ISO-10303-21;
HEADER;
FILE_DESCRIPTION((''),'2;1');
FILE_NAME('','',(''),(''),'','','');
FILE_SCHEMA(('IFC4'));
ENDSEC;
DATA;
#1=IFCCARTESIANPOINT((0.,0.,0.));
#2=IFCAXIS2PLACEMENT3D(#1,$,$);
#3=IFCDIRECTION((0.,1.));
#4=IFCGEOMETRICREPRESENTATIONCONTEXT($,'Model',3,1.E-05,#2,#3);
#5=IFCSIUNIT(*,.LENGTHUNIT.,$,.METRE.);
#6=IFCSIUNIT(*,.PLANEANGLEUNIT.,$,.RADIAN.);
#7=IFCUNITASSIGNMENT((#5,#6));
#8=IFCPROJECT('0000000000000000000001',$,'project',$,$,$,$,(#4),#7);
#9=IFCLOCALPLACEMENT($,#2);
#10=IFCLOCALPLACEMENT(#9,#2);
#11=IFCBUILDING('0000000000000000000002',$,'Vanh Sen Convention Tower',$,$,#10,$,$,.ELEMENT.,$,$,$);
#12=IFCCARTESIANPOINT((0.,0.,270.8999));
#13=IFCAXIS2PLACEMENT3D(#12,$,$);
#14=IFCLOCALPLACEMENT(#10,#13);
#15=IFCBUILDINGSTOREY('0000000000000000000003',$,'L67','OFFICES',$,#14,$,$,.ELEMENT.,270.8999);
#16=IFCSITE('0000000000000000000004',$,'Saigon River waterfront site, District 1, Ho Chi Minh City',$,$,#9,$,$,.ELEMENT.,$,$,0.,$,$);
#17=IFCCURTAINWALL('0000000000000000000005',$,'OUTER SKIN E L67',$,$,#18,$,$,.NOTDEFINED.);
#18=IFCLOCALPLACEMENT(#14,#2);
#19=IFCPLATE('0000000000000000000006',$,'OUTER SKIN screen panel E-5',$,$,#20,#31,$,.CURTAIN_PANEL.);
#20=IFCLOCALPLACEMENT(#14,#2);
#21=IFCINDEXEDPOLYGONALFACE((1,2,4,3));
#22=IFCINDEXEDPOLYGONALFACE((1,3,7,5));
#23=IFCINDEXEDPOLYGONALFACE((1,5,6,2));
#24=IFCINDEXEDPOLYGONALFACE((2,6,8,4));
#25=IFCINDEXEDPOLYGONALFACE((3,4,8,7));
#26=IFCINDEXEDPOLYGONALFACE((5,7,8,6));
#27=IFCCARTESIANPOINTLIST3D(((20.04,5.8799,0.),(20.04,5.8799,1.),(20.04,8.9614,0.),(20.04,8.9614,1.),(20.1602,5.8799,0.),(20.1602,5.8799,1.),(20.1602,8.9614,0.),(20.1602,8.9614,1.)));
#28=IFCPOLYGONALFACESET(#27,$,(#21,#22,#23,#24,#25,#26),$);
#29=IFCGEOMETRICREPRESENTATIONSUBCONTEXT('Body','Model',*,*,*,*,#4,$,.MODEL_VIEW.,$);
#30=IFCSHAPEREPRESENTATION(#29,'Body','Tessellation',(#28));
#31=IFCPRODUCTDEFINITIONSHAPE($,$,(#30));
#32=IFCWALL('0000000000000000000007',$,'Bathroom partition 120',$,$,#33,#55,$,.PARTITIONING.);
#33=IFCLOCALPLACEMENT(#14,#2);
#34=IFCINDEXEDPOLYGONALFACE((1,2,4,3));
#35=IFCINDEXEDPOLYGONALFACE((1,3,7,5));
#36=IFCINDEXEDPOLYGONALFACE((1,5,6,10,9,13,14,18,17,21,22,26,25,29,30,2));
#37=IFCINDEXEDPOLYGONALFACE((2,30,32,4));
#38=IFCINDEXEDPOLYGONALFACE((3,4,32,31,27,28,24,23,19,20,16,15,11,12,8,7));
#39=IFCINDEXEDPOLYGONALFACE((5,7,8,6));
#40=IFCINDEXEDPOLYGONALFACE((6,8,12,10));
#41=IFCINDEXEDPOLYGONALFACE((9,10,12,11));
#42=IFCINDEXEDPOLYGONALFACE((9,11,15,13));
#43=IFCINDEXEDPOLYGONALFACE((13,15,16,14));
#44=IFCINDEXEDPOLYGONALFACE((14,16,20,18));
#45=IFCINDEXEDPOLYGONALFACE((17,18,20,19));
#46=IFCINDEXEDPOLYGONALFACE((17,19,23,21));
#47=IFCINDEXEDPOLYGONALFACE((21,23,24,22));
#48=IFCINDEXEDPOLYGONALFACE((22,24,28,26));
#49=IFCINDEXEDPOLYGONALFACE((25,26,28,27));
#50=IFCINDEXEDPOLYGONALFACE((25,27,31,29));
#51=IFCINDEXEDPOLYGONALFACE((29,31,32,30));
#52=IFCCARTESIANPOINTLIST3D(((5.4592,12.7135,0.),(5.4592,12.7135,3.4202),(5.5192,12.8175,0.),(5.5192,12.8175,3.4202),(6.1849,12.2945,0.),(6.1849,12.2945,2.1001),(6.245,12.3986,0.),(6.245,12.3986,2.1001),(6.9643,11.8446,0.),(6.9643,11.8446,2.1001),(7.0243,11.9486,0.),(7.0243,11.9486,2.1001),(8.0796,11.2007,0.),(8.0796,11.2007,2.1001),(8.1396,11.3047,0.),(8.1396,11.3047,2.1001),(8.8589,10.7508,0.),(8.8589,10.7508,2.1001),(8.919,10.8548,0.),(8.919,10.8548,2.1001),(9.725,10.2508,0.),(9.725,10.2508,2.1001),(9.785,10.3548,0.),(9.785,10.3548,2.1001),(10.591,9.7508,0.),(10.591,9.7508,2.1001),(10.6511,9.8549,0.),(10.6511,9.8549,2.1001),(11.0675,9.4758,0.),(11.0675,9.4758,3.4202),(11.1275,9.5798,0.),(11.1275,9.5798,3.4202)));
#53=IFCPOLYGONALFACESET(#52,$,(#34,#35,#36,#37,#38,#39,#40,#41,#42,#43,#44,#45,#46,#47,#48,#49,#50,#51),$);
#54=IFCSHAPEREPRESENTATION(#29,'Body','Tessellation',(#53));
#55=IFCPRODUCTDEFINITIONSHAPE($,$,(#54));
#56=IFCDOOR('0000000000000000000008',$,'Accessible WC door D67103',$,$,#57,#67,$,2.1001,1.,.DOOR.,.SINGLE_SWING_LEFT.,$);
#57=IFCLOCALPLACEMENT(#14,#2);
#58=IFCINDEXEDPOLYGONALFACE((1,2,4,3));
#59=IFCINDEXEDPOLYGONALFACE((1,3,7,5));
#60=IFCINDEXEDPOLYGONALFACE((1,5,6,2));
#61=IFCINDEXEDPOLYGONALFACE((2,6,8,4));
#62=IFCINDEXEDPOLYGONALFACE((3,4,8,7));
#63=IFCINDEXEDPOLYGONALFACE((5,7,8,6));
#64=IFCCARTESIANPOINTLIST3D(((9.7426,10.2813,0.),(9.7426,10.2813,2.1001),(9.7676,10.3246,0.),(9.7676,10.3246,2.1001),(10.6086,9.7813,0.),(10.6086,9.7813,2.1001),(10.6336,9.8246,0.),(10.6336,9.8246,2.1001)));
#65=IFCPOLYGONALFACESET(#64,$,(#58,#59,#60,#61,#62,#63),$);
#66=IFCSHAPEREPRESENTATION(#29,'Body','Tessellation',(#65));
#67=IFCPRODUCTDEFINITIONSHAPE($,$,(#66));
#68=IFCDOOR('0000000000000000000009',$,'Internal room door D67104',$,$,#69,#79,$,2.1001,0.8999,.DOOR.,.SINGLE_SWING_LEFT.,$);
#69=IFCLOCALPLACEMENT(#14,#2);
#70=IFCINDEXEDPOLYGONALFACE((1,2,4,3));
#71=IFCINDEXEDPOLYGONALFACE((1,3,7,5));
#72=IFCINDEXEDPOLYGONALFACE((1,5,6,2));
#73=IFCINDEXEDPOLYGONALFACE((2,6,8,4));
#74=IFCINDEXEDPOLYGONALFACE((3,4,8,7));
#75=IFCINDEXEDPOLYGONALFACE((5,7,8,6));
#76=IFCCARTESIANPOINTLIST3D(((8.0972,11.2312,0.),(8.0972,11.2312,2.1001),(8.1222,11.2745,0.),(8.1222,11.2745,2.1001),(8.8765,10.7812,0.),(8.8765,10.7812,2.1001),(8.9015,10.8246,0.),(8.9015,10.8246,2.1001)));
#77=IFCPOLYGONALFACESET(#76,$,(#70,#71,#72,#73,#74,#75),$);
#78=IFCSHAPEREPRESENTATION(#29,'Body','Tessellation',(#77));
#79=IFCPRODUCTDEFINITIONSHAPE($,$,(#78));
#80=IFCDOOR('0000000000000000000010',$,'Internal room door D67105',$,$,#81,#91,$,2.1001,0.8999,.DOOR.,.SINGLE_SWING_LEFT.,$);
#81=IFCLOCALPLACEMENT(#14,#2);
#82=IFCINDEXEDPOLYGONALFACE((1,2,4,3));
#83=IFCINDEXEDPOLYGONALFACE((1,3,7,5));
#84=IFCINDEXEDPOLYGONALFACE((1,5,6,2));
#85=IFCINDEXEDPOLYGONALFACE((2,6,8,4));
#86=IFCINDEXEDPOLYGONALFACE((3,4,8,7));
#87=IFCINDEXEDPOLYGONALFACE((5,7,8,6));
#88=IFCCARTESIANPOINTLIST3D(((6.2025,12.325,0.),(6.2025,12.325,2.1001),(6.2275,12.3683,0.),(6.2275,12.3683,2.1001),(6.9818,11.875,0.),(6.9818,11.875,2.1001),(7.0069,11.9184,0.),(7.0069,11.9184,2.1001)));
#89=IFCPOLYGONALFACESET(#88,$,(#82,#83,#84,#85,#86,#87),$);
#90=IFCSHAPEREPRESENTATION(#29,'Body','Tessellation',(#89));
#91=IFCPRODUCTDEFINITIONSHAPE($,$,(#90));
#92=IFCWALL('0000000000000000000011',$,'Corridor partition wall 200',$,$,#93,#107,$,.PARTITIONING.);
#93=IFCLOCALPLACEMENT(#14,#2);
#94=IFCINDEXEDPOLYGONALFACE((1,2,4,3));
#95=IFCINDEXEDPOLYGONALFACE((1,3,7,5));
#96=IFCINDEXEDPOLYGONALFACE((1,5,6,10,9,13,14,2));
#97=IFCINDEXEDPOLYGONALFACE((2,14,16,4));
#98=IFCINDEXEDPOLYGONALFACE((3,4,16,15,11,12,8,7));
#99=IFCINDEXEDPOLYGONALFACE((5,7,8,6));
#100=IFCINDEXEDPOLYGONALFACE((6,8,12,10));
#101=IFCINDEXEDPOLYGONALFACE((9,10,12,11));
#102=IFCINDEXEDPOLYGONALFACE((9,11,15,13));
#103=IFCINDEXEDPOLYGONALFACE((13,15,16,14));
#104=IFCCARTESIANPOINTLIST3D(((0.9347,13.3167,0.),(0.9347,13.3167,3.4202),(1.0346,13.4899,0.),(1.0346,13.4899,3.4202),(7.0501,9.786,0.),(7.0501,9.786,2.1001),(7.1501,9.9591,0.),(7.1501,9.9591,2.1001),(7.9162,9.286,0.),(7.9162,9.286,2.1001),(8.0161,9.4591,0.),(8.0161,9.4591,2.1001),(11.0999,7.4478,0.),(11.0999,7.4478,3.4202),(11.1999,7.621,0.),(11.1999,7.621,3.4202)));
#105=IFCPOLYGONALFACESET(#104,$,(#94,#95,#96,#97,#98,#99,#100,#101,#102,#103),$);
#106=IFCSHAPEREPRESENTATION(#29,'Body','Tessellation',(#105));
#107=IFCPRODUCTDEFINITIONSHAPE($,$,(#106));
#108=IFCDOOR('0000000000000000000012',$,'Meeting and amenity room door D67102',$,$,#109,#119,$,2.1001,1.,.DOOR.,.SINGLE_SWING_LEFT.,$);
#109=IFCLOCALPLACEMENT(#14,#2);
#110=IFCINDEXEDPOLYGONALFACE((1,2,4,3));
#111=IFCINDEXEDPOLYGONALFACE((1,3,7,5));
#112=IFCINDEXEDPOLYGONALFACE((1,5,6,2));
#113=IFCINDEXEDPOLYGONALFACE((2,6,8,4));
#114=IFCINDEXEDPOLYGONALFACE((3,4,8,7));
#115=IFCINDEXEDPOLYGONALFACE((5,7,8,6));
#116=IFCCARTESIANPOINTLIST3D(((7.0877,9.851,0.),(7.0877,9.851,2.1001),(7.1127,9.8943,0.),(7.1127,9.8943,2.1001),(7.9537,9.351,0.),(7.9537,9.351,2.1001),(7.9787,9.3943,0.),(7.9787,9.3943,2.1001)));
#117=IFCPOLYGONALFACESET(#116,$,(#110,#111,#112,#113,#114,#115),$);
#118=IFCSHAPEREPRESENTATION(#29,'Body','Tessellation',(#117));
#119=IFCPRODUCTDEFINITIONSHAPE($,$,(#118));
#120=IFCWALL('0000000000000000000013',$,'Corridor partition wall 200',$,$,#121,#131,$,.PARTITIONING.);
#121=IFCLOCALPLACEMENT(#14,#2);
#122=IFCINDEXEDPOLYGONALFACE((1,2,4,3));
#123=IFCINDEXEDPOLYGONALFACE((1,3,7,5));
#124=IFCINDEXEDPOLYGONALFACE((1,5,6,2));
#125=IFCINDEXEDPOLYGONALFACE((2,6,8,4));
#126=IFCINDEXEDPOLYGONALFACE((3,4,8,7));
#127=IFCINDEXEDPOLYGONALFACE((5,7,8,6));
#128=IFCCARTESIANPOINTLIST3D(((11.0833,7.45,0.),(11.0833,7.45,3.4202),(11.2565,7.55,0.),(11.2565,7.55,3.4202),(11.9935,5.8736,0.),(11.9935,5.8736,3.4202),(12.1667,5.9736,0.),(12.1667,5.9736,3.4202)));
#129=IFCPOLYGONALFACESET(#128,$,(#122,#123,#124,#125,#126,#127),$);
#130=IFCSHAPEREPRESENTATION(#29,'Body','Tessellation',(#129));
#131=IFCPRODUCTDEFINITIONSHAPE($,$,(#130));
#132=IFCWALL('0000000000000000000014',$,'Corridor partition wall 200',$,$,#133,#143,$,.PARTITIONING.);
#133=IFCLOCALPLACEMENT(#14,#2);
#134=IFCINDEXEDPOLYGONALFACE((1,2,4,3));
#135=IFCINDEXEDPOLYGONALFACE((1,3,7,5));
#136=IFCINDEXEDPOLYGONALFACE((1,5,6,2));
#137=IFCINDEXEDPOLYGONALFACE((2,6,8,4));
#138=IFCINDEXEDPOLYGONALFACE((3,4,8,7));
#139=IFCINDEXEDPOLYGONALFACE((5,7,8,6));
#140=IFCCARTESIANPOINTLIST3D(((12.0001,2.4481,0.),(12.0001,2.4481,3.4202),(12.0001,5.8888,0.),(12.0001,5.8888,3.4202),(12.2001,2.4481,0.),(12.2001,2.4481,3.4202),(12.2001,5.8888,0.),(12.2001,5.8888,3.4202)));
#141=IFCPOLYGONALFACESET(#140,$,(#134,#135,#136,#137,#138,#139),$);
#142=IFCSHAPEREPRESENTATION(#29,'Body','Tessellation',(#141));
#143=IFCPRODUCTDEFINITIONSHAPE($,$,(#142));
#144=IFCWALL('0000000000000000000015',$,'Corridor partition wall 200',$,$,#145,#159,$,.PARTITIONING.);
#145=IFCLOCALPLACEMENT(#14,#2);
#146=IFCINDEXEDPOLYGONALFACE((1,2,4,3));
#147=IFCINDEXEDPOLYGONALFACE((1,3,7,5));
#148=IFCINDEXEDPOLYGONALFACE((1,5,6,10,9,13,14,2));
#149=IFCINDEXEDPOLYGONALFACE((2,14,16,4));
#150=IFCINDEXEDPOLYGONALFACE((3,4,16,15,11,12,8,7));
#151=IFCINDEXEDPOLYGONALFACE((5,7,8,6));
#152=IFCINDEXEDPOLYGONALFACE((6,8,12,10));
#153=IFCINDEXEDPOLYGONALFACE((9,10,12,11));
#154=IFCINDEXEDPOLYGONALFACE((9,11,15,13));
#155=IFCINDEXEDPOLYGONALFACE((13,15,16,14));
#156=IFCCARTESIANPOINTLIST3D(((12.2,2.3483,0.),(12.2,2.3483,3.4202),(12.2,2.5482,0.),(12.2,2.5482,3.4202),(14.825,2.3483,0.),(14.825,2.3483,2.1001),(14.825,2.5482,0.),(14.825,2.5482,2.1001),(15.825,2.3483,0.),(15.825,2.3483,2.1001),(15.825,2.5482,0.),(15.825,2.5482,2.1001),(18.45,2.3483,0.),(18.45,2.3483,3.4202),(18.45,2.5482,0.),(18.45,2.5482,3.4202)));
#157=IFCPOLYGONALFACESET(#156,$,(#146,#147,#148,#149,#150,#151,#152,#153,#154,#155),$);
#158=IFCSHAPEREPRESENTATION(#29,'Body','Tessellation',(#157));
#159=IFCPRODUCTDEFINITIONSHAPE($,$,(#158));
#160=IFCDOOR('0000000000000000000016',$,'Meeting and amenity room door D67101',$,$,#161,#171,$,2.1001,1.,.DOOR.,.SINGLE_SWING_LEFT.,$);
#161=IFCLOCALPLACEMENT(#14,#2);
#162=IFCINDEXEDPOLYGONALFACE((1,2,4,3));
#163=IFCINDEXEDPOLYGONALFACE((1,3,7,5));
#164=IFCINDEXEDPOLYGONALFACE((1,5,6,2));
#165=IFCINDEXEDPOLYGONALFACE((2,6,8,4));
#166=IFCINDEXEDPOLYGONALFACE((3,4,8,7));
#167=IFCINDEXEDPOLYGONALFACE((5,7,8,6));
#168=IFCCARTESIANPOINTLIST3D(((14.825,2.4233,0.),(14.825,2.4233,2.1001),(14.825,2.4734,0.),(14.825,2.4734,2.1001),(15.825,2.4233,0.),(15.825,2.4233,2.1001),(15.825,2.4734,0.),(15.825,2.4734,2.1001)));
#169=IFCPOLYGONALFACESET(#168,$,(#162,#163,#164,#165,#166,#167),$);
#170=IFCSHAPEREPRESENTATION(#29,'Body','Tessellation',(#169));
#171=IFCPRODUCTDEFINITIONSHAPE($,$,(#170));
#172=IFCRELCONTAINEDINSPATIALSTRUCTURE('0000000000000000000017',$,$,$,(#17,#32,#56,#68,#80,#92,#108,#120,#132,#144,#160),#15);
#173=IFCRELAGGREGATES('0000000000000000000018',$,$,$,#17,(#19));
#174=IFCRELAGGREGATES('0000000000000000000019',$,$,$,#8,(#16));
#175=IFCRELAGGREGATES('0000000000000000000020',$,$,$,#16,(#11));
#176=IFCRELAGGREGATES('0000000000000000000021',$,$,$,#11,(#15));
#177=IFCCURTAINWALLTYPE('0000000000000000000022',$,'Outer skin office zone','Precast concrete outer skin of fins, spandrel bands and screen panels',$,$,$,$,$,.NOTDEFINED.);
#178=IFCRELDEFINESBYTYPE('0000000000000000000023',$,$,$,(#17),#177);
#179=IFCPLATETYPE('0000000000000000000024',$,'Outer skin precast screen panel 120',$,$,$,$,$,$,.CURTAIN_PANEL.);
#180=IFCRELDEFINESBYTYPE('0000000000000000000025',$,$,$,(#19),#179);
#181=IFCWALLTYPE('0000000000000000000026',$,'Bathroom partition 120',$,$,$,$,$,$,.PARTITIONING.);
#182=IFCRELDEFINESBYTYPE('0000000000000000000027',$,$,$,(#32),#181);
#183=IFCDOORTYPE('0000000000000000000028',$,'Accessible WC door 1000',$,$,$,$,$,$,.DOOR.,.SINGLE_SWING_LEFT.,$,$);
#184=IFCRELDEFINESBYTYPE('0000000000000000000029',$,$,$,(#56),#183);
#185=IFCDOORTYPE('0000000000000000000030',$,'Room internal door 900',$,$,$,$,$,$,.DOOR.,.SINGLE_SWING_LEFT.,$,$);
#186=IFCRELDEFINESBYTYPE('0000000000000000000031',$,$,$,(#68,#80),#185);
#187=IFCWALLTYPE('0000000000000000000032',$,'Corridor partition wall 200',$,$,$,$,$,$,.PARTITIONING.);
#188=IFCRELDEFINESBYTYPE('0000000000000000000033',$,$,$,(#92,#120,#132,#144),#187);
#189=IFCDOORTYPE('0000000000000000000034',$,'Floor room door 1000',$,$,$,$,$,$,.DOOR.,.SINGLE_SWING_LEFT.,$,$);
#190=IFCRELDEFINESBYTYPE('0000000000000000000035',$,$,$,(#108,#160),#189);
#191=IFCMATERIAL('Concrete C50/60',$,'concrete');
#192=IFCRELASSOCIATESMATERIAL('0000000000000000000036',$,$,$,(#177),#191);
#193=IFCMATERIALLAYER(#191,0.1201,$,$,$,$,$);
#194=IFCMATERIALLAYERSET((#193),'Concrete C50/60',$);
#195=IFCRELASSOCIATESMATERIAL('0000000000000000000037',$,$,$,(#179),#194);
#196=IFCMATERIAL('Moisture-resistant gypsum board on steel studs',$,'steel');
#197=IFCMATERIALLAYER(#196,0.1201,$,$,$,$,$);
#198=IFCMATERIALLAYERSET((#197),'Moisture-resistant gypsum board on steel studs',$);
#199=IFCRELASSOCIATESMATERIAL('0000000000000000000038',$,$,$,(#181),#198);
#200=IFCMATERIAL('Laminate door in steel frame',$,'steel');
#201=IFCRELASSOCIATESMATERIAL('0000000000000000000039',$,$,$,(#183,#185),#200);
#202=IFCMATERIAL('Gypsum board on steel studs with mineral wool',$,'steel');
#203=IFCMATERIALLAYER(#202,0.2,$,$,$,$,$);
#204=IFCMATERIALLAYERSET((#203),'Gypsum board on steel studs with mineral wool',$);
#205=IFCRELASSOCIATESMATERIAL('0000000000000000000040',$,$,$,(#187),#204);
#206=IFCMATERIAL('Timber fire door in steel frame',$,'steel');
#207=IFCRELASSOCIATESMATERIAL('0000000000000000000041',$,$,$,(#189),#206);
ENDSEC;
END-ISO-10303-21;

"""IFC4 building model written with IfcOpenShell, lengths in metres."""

from ifc_helpers import new_model, si_unit, direction, frame, frame_2d, origin, origin_2d, place, context, subcontext, project, spatial, rectangle, extrude, material, layer, layer_set, type_object, element, fill, aggregate, save


model = new_model("IFC4")

# Units and contexts
model_context = context("Model", 3, precision=1e-05, world=origin(), true_north=direction((0.0, 1.0)))
body_context = subcontext(model_context, "Body", "Model", "MODEL_VIEW")
ifc_project = project(units=[si_unit("LENGTHUNIT", "METRE"), si_unit("PLANEANGLEUNIT", "RADIAN")], contexts=[model_context])

# Site, building, storey
site_placement = place(None, origin())
site = spatial("IfcSite", under=ifc_project, at=site_placement, Name="Saigon River waterfront site, District 1, Ho Chi Minh City", CompositionType="ELEMENT", RefElevation=0.0)
building_placement = place(site_placement, origin())
building = spatial("IfcBuilding", under=site, at=building_placement, Name="Vanh Sen Convention Tower", CompositionType="ELEMENT")
storey_placement = place(building_placement, frame((0.0, 0.0, 270.8999)))
storey = spatial("IfcBuildingStorey", under=building, at=storey_placement, Name="L67", Description="OFFICES", CompositionType="ELEMENT", Elevation=270.8999)

# Curtain wall
ifc_material_1 = material(Name="Concrete C50/60", Category="concrete")
curtain_wall_type = type_object("IfcCurtainWallType", Name="Outer skin office zone", Description="Precast concrete outer skin of fins, spandrel bands and screen panels", PredefinedType="NOTDEFINED", material=ifc_material_1)
curtain_wall_1_placement = place(storey_placement, origin())
curtain_wall_1 = element("IfcCurtainWall", 1, at=curtain_wall_1_placement, inside=storey, type_object=curtain_wall_type, Name="OUTER SKIN E L67", PredefinedType="NOTDEFINED")

# Plate
ifc_layer_1 = layer(ifc_material_1, 0.1201)
ifc_layer_set_1 = layer_set([ifc_layer_1], Name="Concrete C50/60")
plate_type = type_object("IfcPlateType", Name="Outer skin precast screen panel 120", PredefinedType="CURTAIN_PANEL", material=ifc_layer_set_1)
plate_1_placement = place(storey_placement, frame((20.1001, 7.4207, 0.0), z_axis=(0.0, 0.0, 1.0), x_axis=(0.0, 1.0, 0.0)))
plate_1 = element("IfcPlate", 2, at=plate_1_placement, type_object=plate_type, Name="OUTER SKIN screen panel E-5", PredefinedType="CURTAIN_PANEL", context=body_context, shape_type="SweptSolid", body=[
    extrude(rectangle(XDim=3.0815, YDim=0.1201, at=origin_2d()), origin(), (0.0, 0.0, 1.0), 1.0),
])
aggregate(curtain_wall_1, [plate_1])

# Wall, openings, doors
ifc_material_2 = material(Name="Moisture-resistant gypsum board on steel studs", Category="steel")
ifc_layer_2 = layer(ifc_material_2, 0.1201)
ifc_layer_set_2 = layer_set([ifc_layer_2], Name="Moisture-resistant gypsum board on steel studs")
wall_type_1 = type_object("IfcWallType", Name="Bathroom partition 120", PredefinedType="PARTITIONING", material=ifc_layer_set_2)
wall_1_placement = place(storey_placement, frame((11.0974, 9.5278, 0.0), z_axis=(0.0, 0.0, 1.0), x_axis=(-0.86604, 0.499975, 0.0)))
wall_1 = element("IfcWall", 3, at=wall_1_placement, inside=storey, type_object=wall_type_1, Name="Bathroom partition 120", PredefinedType="PARTITIONING", context=body_context, shape_type="SweptSolid", body=[
    extrude(rectangle(XDim=6.4758, YDim=0.1201, at=frame_2d((3.2378, 0.0))), origin(), (0.0, 0.0, 1.0), 3.4202),
])
opening_1_placement = place(wall_1_placement, frame((0.55, 0.0, 0.0)))
opening_1 = element("IfcOpeningElement", 4, at=opening_1_placement, cuts=wall_1, PredefinedType="OPENING", context=body_context, shape_type="SweptSolid", body=[
    extrude(rectangle(XDim=1.0, YDim=2.1001, at=frame_2d((0.5, 1.05))), frame((0.0, 0.0701, 0.0), z_axis=(0.0, -1.0, 0.0), x_axis=(1.0, 0.0, 0.0)), (0.0, 0.0, 1.0), 0.1401),
])
opening_2_placement = place(wall_1_placement, frame((2.55, 0.0, 0.0)))
opening_2 = element("IfcOpeningElement", 5, at=opening_2_placement, cuts=wall_1, PredefinedType="OPENING", context=body_context, shape_type="SweptSolid", body=[
    extrude(rectangle(XDim=0.8999, YDim=2.1001, at=frame_2d((0.45, 1.05))), frame((0.0, 0.0701, 0.0), z_axis=(0.0, -1.0, 0.0), x_axis=(1.0, 0.0, 0.0)), (0.0, 0.0, 1.0), 0.1401),
])
opening_3_placement = place(wall_1_placement, frame((4.7378, 0.0, 0.0)))
opening_3 = element("IfcOpeningElement", 6, at=opening_3_placement, cuts=wall_1, PredefinedType="OPENING", context=body_context, shape_type="SweptSolid", body=[
    extrude(rectangle(XDim=0.8999, YDim=2.1001, at=frame_2d((0.45, 1.05))), frame((0.0, 0.0701, 0.0), z_axis=(0.0, -1.0, 0.0), x_axis=(1.0, 0.0, 0.0)), (0.0, 0.0, 1.0), 0.1401),
])
ifc_material_3 = material(Name="Laminate door in steel frame", Category="steel")
door_type_1 = type_object("IfcDoorType", Name="Accessible WC door 1000", OperationType="SINGLE_SWING_LEFT", PredefinedType="DOOR", material=ifc_material_3)
door_1_placement = place(opening_1_placement, origin())
door_1 = element("IfcDoor", 7, at=door_1_placement, inside=storey, type_object=door_type_1, Name="Accessible WC door D67103", OperationType="SINGLE_SWING_LEFT", OverallHeight=2.1001, OverallWidth=1.0, PredefinedType="DOOR", context=body_context, shape_type="SweptSolid", body=[
    extrude(rectangle(XDim=1.0, YDim=2.1001, at=frame_2d((0.5, 1.05))), frame((0.0, 0.0249, 0.0), z_axis=(0.0, -1.0, 0.0), x_axis=(1.0, 0.0, 0.0)), (0.0, 0.0, 1.0), 0.05),
])
fill(opening_1, door_1)
door_type_2 = type_object("IfcDoorType", Name="Room internal door 900", OperationType="SINGLE_SWING_LEFT", PredefinedType="DOOR", material=ifc_material_3)
door_2_placement = place(opening_2_placement, origin())
door_2 = element("IfcDoor", 8, at=door_2_placement, inside=storey, type_object=door_type_2, Name="Internal room door D67104", OperationType="SINGLE_SWING_LEFT", OverallHeight=2.1001, OverallWidth=0.8999, PredefinedType="DOOR", context=body_context, shape_type="SweptSolid", body=[
    extrude(rectangle(XDim=0.8999, YDim=2.1001, at=frame_2d((0.45, 1.05))), frame((0.0, 0.0249, 0.0), z_axis=(0.0, -1.0, 0.0), x_axis=(1.0, 0.0, 0.0)), (0.0, 0.0, 1.0), 0.05),
])
fill(opening_2, door_2)
door_3_placement = place(opening_3_placement, origin())
door_3 = element("IfcDoor", 9, at=door_3_placement, inside=storey, type_object=door_type_2, Name="Internal room door D67105", OperationType="SINGLE_SWING_LEFT", OverallHeight=2.1001, OverallWidth=0.8999, PredefinedType="DOOR", context=body_context, shape_type="SweptSolid", body=[
    extrude(rectangle(XDim=0.8999, YDim=2.1001, at=frame_2d((0.45, 1.05))), frame((0.0, 0.0249, 0.0), z_axis=(0.0, -1.0, 0.0), x_axis=(1.0, 0.0, 0.0)), (0.0, 0.0, 1.0), 0.05),
])
fill(opening_3, door_3)

# Wall, opening, door
ifc_material_4 = material(Name="Gypsum board on steel studs with mineral wool", Category="steel")
ifc_layer_3 = layer(ifc_material_4, 0.2)
ifc_layer_set_3 = layer_set([ifc_layer_3], Name="Gypsum board on steel studs with mineral wool")
wall_type_2 = type_object("IfcWallType", Name="Corridor partition wall 200", PredefinedType="PARTITIONING", material=ifc_layer_set_3)
wall_2_placement = place(storey_placement, frame((11.1499, 7.5344, 0.0), z_axis=(0.0, 0.0, 1.0), x_axis=(-0.866027, 0.499998, 0.0)))
wall_2 = element("IfcWall", 10, at=wall_2_placement, inside=storey, type_object=wall_type_2, Name="Corridor partition wall 200", PredefinedType="PARTITIONING", context=body_context, shape_type="SweptSolid", body=[
    extrude(rectangle(XDim=11.7378, YDim=0.2, at=frame_2d((5.8689, 0.0))), origin(), (0.0, 0.0, 1.0), 3.4202),
])
opening_4_placement = place(wall_2_placement, frame((3.6763, 0.0, 0.0)))
opening_4 = element("IfcOpeningElement", 11, at=opening_4_placement, cuts=wall_2, PredefinedType="OPENING", context=body_context, shape_type="SweptSolid", body=[
    extrude(rectangle(XDim=1.0, YDim=2.1001, at=frame_2d((0.5, 1.05))), frame((0.0, 0.1099, 0.0), z_axis=(0.0, -1.0, 0.0), x_axis=(1.0, 0.0, 0.0)), (0.0, 0.0, 1.0), 0.22),
])
ifc_material_5 = material(Name="Timber fire door in steel frame", Category="steel")
door_type_3 = type_object("IfcDoorType", Name="Floor room door 1000", OperationType="SINGLE_SWING_LEFT", PredefinedType="DOOR", material=ifc_material_5)
door_4_placement = place(opening_4_placement, origin())
door_4 = element("IfcDoor", 12, at=door_4_placement, inside=storey, type_object=door_type_3, Name="Meeting and amenity room door D67102", OperationType="SINGLE_SWING_LEFT", OverallHeight=2.1001, OverallWidth=1.0, PredefinedType="DOOR", context=body_context, shape_type="SweptSolid", body=[
    extrude(rectangle(XDim=1.0, YDim=2.1001, at=frame_2d((0.5, 1.05))), frame((0.0, 0.0249, 0.0), z_axis=(0.0, -1.0, 0.0), x_axis=(1.0, 0.0, 0.0)), (0.0, 0.0, 1.0), 0.05),
])
fill(opening_4, door_4)

# Walls
wall_3_placement = place(storey_placement, frame((12.0801, 5.9236, 0.0), z_axis=(0.0, 0.0, 1.0), x_axis=(-0.500005, 0.866023, 0.0)))
element("IfcWall", 13, at=wall_3_placement, inside=storey, type_object=wall_type_2, Name="Corridor partition wall 200", PredefinedType="PARTITIONING", context=body_context, shape_type="SweptSolid", body=[
    extrude(rectangle(XDim=1.8203, YDim=0.2, at=frame_2d((0.9102, 0.0))), origin(), (0.0, 0.0, 1.0), 3.4202),
])
wall_4_placement = place(storey_placement, frame((12.1001, 2.4482, 0.0), z_axis=(0.0, 0.0, 1.0), x_axis=(0.0, 1.0, 0.0)))
element("IfcWall", 14, at=wall_4_placement, inside=storey, type_object=wall_type_2, Name="Corridor partition wall 200", PredefinedType="PARTITIONING", context=body_context, shape_type="SweptSolid", body=[
    extrude(rectangle(XDim=3.4407, YDim=0.2, at=frame_2d((1.7202, 0.0))), origin(), (0.0, 0.0, 1.0), 3.4202),
])

# Wall, opening, door
wall_5_placement = place(storey_placement, frame((18.45, 2.4482, 0.0), z_axis=(0.0, 0.0, 1.0), x_axis=(-1.0, 0.0, 0.0)))
wall_5 = element("IfcWall", 15, at=wall_5_placement, inside=storey, type_object=wall_type_2, Name="Corridor partition wall 200", PredefinedType="PARTITIONING", context=body_context, shape_type="SweptSolid", body=[
    extrude(rectangle(XDim=6.25, YDim=0.2, at=frame_2d((3.125, 0.0))), origin(), (0.0, 0.0, 1.0), 3.4202),
])
opening_5_placement = place(wall_5_placement, frame((2.625, 0.0, 0.0)))
opening_5 = element("IfcOpeningElement", 16, at=opening_5_placement, cuts=wall_5, PredefinedType="OPENING", context=body_context, shape_type="SweptSolid", body=[
    extrude(rectangle(XDim=1.0, YDim=2.1001, at=frame_2d((0.5, 1.05))), frame((0.0, 0.1099, 0.0), z_axis=(0.0, -1.0, 0.0), x_axis=(1.0, 0.0, 0.0)), (0.0, 0.0, 1.0), 0.22),
])
door_5_placement = place(opening_5_placement, origin())
door_5 = element("IfcDoor", 17, at=door_5_placement, inside=storey, type_object=door_type_3, Name="Meeting and amenity room door D67101", OperationType="SINGLE_SWING_LEFT", OverallHeight=2.1001, OverallWidth=1.0, PredefinedType="DOOR", context=body_context, shape_type="SweptSolid", body=[
    extrude(rectangle(XDim=1.0, YDim=2.1001, at=frame_2d((0.5, 1.05))), frame((0.0, 0.0249, 0.0), z_axis=(0.0, -1.0, 0.0), x_axis=(1.0, 0.0, 0.0)), (0.0, 0.0, 1.0), 0.05),
])
fill(opening_5, door_5)

save(model, "model.ifc")
